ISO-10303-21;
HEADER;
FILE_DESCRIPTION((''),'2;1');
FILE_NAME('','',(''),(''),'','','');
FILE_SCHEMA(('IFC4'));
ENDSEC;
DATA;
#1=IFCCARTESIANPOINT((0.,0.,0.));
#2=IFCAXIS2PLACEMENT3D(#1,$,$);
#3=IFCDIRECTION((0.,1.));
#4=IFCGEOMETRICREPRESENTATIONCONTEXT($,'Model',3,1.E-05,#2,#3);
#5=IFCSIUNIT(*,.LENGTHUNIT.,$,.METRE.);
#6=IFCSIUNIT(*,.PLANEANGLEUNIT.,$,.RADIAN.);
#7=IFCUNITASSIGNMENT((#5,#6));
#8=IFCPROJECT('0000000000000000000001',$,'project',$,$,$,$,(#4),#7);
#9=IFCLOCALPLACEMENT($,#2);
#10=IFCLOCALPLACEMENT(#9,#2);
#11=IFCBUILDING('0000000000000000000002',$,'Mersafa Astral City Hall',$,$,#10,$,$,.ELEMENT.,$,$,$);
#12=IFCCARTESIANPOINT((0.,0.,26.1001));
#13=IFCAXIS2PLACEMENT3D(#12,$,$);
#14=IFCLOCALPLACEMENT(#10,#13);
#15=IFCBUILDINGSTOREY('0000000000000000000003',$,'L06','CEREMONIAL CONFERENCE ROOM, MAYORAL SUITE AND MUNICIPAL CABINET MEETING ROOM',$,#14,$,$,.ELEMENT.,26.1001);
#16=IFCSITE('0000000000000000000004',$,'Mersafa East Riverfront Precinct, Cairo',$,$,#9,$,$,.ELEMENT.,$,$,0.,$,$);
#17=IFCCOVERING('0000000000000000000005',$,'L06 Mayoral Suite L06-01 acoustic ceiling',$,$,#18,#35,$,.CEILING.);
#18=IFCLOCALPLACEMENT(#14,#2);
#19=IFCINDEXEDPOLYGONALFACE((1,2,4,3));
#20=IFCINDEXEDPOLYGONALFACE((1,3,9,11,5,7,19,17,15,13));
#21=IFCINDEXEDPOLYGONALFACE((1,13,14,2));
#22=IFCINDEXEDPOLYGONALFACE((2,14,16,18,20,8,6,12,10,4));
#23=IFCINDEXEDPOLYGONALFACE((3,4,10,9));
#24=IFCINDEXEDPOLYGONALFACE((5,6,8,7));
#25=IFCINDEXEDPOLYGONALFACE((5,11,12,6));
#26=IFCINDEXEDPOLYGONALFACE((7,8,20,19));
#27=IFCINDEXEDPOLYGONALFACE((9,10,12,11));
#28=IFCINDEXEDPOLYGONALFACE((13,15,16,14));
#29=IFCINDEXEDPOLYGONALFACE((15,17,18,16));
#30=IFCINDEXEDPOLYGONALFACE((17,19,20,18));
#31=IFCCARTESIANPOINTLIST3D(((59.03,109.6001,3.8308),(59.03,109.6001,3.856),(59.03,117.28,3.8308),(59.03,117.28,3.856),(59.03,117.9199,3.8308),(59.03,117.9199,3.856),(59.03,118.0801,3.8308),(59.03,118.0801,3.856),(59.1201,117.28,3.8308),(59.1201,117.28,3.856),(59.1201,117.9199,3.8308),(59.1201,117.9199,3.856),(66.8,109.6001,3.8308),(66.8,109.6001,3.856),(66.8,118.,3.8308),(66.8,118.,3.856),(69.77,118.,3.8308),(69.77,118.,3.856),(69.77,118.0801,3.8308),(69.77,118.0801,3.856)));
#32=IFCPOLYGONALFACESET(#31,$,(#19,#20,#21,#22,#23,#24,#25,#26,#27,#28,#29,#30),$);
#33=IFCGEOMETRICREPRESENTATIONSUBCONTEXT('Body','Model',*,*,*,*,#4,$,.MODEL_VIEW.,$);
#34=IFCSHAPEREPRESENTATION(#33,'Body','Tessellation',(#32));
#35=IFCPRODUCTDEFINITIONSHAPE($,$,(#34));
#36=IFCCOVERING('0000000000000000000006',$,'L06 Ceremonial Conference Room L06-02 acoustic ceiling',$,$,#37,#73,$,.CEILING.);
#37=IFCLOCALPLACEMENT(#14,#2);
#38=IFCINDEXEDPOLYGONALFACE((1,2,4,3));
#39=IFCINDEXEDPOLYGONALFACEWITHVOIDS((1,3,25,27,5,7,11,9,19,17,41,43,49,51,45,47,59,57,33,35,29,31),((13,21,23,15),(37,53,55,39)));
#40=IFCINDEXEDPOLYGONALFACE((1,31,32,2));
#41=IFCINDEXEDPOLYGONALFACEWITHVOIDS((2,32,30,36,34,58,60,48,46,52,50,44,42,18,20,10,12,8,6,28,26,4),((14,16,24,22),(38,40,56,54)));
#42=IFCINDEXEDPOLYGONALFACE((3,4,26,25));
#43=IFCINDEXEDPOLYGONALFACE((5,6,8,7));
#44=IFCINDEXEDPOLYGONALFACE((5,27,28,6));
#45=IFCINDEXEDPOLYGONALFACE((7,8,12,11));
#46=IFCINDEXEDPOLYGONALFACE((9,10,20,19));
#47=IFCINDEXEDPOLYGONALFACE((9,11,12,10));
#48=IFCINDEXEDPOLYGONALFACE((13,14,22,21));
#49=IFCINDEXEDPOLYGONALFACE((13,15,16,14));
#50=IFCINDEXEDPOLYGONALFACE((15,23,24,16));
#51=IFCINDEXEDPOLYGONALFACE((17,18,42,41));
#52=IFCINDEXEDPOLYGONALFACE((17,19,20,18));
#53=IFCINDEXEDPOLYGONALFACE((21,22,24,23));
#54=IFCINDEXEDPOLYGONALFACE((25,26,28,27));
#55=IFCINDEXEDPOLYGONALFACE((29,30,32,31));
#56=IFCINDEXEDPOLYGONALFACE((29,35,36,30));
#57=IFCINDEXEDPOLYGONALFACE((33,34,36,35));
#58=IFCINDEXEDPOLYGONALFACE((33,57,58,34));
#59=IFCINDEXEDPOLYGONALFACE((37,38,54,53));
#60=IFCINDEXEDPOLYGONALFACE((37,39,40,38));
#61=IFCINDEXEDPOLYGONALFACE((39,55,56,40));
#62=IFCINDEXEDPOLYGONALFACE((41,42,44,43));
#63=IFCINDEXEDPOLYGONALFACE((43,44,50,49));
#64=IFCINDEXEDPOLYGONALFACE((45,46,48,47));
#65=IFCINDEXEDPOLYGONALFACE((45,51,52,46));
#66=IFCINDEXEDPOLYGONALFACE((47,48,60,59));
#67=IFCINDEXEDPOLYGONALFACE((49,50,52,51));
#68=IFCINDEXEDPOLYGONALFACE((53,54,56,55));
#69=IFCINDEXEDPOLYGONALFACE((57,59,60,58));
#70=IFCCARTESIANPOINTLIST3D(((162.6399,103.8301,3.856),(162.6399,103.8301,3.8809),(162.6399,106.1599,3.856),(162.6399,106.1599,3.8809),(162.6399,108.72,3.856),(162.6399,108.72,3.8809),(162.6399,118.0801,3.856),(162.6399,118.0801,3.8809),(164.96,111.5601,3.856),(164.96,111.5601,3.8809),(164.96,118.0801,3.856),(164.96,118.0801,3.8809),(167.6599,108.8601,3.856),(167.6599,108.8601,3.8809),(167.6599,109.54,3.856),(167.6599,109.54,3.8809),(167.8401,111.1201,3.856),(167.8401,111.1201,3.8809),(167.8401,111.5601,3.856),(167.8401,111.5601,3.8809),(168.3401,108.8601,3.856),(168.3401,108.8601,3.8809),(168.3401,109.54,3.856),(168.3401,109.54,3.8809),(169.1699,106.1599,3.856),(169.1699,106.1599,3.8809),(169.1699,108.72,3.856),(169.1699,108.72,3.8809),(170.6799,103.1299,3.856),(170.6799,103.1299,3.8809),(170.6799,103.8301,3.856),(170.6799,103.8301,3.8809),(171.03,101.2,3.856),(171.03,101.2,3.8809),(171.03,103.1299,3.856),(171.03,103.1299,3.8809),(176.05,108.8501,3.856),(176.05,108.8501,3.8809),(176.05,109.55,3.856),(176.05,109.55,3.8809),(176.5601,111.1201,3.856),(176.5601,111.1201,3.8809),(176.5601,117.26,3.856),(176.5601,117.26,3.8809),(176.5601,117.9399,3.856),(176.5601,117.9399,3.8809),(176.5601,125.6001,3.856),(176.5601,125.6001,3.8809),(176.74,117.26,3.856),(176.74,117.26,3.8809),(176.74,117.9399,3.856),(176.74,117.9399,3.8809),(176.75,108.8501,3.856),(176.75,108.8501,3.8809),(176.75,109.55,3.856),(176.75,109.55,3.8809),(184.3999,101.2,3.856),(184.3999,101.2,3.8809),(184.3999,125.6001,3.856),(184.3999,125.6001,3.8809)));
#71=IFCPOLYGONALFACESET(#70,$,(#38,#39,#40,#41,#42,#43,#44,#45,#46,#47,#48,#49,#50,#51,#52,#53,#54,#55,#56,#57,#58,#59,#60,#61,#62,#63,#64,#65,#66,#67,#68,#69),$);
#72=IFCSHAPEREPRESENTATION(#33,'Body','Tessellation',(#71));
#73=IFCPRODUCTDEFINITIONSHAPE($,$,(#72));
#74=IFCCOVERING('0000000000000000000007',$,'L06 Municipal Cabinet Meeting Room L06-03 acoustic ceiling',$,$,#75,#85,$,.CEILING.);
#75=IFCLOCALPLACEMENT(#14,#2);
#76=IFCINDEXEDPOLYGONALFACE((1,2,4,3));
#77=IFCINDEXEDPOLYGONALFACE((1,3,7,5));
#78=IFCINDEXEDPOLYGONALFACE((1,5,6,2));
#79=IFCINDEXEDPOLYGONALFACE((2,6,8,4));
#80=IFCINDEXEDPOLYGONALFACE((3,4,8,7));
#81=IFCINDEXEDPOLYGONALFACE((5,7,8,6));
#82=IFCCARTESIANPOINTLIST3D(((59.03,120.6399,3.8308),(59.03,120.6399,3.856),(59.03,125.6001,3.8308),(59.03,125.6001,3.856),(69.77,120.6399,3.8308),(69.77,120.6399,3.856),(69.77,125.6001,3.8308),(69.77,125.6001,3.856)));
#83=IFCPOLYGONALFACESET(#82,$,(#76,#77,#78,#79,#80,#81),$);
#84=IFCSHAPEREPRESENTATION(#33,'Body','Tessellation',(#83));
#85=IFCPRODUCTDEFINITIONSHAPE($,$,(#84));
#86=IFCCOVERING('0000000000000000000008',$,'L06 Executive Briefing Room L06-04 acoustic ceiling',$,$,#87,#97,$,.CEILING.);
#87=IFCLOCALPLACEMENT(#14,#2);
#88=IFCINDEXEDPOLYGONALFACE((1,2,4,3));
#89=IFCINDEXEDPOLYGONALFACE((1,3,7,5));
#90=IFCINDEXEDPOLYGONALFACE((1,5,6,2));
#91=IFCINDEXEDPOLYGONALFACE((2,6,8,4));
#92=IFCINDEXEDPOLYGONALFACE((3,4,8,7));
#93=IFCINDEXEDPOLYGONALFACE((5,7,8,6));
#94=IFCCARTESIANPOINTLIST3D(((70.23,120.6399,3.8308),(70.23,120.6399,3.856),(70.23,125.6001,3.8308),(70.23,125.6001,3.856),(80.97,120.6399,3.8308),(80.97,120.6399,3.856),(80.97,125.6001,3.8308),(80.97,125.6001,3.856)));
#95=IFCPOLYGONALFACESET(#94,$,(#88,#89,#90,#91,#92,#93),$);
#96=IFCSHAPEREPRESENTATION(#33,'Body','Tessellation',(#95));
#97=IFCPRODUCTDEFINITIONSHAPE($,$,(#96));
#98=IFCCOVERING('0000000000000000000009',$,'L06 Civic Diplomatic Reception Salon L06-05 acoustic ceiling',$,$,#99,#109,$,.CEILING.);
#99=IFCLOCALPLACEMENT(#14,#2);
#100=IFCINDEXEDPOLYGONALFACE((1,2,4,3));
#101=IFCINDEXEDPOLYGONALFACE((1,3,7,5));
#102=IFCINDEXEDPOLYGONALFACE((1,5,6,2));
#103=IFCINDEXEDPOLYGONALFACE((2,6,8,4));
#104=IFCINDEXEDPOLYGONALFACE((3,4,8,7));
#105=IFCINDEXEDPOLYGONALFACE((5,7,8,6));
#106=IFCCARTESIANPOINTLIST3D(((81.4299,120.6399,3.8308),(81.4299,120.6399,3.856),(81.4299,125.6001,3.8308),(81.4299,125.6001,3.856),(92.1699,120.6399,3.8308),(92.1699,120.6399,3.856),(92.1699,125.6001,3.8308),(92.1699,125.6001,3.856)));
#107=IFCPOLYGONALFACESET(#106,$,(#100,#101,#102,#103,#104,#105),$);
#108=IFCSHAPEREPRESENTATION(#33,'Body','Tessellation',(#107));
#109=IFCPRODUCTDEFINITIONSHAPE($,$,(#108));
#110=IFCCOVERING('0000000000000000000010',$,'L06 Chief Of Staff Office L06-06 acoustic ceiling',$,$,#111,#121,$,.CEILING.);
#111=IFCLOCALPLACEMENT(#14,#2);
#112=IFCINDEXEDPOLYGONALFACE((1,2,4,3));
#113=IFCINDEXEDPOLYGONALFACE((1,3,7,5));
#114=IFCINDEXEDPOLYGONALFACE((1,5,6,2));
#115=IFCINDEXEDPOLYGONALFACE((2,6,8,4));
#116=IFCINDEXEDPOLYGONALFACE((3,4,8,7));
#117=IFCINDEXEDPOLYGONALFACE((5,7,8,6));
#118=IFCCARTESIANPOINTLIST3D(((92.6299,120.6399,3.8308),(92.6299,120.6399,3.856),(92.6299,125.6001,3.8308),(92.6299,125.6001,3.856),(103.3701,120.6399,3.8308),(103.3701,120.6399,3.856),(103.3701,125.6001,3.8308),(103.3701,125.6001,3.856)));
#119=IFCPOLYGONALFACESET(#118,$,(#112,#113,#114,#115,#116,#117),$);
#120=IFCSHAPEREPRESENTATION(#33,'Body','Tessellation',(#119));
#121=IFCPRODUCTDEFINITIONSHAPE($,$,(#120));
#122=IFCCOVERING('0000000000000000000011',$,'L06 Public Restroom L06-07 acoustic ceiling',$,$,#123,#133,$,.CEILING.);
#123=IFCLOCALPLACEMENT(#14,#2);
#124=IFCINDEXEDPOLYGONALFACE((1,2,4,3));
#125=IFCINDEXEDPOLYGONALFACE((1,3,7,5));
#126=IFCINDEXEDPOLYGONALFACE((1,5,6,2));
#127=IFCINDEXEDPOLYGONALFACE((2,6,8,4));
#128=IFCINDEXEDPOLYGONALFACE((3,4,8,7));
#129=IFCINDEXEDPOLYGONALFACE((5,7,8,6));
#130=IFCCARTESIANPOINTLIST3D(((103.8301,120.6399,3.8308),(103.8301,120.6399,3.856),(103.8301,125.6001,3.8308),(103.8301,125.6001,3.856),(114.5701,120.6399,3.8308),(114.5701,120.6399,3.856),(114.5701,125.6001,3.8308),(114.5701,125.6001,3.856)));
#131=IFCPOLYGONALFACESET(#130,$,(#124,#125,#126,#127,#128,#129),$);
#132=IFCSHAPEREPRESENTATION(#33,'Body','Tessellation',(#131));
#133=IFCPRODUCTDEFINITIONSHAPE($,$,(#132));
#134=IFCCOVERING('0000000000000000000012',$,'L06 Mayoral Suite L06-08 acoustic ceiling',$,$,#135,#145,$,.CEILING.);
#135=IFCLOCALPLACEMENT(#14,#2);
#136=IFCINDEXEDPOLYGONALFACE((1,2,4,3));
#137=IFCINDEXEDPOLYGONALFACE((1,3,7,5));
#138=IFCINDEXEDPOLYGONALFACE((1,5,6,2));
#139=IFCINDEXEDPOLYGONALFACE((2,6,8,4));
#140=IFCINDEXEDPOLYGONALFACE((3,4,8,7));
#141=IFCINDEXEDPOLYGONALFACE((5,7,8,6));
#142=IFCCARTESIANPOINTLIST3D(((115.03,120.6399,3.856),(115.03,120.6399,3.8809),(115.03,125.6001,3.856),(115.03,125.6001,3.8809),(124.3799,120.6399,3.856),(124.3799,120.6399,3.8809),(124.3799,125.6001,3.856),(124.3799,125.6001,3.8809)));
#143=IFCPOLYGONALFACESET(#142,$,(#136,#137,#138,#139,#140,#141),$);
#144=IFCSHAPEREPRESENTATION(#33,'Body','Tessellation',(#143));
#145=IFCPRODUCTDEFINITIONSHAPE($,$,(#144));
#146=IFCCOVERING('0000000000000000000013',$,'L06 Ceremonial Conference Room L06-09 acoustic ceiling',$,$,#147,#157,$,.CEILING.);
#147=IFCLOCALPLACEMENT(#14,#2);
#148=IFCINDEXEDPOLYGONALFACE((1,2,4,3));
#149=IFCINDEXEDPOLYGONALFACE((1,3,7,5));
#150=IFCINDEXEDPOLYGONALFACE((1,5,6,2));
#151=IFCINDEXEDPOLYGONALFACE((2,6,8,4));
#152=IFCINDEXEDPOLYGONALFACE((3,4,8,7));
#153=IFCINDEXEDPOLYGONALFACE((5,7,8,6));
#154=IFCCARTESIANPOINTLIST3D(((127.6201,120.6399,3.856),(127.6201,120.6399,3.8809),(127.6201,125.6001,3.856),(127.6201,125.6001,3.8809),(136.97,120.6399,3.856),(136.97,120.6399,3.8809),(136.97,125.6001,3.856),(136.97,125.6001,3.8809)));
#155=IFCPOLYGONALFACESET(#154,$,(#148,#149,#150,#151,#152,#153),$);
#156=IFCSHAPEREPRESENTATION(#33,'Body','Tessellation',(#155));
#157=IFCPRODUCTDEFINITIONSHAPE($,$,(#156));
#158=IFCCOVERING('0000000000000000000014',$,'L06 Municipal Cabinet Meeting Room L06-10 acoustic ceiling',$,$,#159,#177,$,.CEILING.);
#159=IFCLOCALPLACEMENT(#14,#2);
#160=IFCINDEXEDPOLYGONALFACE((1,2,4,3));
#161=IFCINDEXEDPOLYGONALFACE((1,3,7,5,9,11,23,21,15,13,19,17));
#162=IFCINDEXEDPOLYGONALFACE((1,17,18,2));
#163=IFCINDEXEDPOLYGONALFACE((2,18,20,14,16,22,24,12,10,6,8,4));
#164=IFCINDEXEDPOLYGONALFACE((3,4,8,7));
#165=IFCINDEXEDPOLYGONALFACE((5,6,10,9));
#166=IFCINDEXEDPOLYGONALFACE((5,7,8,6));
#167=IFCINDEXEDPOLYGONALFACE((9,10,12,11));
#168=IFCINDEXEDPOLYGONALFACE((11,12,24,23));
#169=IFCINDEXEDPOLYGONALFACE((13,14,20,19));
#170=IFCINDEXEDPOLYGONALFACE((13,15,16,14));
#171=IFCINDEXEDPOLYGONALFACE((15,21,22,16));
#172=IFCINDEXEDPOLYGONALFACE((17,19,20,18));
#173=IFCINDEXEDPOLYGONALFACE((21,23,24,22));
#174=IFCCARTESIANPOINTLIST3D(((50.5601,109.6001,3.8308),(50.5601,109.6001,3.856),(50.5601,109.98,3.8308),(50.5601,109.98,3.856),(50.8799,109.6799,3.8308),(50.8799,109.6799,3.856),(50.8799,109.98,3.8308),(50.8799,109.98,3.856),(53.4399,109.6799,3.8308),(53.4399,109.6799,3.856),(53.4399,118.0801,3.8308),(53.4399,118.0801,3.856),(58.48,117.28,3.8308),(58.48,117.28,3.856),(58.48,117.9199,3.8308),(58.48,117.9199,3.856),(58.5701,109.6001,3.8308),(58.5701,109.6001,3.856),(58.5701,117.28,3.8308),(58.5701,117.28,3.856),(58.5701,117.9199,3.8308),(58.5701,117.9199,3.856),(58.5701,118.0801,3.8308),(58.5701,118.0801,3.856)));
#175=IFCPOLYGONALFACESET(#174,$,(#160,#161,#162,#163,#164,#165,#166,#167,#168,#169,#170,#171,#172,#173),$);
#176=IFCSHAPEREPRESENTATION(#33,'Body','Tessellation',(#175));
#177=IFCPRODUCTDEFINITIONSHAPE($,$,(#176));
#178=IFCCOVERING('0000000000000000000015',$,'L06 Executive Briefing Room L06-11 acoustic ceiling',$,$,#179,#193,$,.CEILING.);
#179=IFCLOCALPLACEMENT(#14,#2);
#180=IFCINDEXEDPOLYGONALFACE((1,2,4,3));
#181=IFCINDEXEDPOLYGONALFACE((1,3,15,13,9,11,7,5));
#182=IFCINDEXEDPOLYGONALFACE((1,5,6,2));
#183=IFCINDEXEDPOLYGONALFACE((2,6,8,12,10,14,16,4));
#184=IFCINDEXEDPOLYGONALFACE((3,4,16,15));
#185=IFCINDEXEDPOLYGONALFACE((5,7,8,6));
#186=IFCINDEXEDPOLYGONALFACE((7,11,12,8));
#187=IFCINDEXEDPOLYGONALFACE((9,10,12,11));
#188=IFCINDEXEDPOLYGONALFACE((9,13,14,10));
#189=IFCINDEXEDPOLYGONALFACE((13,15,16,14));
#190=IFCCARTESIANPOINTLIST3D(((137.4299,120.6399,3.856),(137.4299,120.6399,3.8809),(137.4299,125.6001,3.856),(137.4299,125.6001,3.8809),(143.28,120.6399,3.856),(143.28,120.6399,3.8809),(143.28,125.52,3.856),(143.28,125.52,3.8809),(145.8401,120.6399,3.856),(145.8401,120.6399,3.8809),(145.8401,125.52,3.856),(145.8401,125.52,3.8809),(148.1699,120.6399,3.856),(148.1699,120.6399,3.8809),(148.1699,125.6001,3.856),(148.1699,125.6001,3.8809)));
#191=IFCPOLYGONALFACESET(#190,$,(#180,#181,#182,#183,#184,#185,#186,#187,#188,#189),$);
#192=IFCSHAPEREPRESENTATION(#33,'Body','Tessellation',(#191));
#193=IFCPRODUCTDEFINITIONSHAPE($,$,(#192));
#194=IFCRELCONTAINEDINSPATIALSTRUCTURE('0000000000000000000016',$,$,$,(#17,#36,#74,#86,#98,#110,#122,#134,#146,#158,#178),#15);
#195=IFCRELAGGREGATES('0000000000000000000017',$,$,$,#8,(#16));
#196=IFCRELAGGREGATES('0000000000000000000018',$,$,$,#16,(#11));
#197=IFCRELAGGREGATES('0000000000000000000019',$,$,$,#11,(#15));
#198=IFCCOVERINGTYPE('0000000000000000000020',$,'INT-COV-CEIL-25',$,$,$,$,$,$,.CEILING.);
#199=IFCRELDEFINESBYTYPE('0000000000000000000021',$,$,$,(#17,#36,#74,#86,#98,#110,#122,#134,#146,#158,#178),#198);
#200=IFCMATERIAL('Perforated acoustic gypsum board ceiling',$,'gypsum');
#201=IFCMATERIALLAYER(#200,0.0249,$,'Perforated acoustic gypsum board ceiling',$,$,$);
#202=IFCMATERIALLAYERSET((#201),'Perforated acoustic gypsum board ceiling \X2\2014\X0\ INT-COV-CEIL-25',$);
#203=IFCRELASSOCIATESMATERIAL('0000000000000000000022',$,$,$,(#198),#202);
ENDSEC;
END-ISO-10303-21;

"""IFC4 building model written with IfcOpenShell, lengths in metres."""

from ifc_helpers import new_model, si_unit, direction, frame, origin, place, context, subcontext, project, spatial, polyline, outline, extrude, material, layer, layer_set, type_object, element, save


model = new_model("IFC4")

# Units and contexts
model_context = context("Model", 3, precision=1e-05, world=origin(), true_north=direction((0.0, 1.0)))
body_context = subcontext(model_context, "Body", "Model", "MODEL_VIEW")
ifc_project = project(units=[si_unit("LENGTHUNIT", "METRE"), si_unit("PLANEANGLEUNIT", "RADIAN")], contexts=[model_context])

# Site, building, storey
site_placement = place(None, origin())
site = spatial("IfcSite", under=ifc_project, at=site_placement, Name="Mersafa East Riverfront Precinct, Cairo", CompositionType="ELEMENT", RefElevation=0.0)
building_placement = place(site_placement, origin())
building = spatial("IfcBuilding", under=site, at=building_placement, Name="Mersafa Astral City Hall", CompositionType="ELEMENT")
storey_placement = place(building_placement, frame((0.0, 0.0, 26.1001)))
storey = spatial("IfcBuildingStorey", under=building, at=storey_placement, Name="L06", Description="CEREMONIAL CONFERENCE ROOM, MAYORAL SUITE AND MUNICIPAL CABINET MEETING ROOM", CompositionType="ELEMENT", Elevation=26.1001)

# Coverings
ifc_material_1 = material(Name="Perforated acoustic gypsum board ceiling", Category="gypsum")
ifc_layer_1 = layer(ifc_material_1, 0.0249, Name="Perforated acoustic gypsum board ceiling")
ifc_layer_set_1 = layer_set([ifc_layer_1], Name="Perforated acoustic gypsum board ceiling — INT-COV-CEIL-25")
covering_type_1 = type_object("IfcCoveringType", Name="INT-COV-CEIL-25", PredefinedType="CEILING", material=ifc_layer_set_1)
covering_1_placement = place(storey_placement, frame((0.0, 0.0, 3.8308)))
element("IfcCovering", 1, at=covering_1_placement, inside=storey, type_object=covering_type_1, Name="L06 Mayoral Suite L06-01 acoustic ceiling", PredefinedType="CEILING", context=body_context, shape_type="SweptSolid", body=[
    extrude(outline(polyline([(59.1201, 117.28), (59.1201, 117.9199), (59.03, 117.9199), (59.03, 118.0801), (69.77, 118.0801), (69.77, 118.0), (66.8, 118.0), (66.8, 109.6001), (59.03, 109.6001), (59.03, 117.28), (59.1201, 117.28)])), origin(), (0.0, 0.0, 1.0), 0.0251),
])
covering_2_placement = place(storey_placement, frame((0.0, 0.0, 3.856)))
element("IfcCovering", 2, at=covering_2_placement, inside=storey, type_object=covering_type_1, Name="L06 Ceremonial Conference Room L06-02 acoustic ceiling", PredefinedType="CEILING", context=body_context, shape_type="SweptSolid", body=[
    extrude(outline(polyline([(170.6799, 103.1299), (170.6799, 103.8301), (162.6399, 103.8301), (162.6399, 106.1599), (169.1699, 106.1599), (169.1699, 108.72), (162.6399, 108.72), (162.6399, 118.0801), (164.96, 118.0801), (164.96, 111.5601), (167.8401, 111.5601), (167.8401, 111.1201), (176.5601, 111.1201), (176.5601, 117.26), (176.74, 117.26), (176.74, 117.9399), (176.5601, 117.9399), (176.5601, 125.6001), (184.3999, 125.6001), (184.3999, 101.2), (171.03, 101.2), (171.03, 103.1299), (170.6799, 103.1299)]), holes=[polyline([(176.75, 109.55), (176.05, 109.55), (176.05, 108.8501), (176.75, 108.8501), (176.75, 109.55)]), polyline([(168.3401, 109.54), (167.6599, 109.54), (167.6599, 108.8601), (168.3401, 108.8601), (168.3401, 109.54)])]), origin(), (0.0, 0.0, 1.0), 0.0249),
])
covering_3_placement = place(storey_placement, frame((0.0, 0.0, 3.8308)))
element("IfcCovering", 3, at=covering_3_placement, inside=storey, type_object=covering_type_1, Name="L06 Municipal Cabinet Meeting Room L06-03 acoustic ceiling", PredefinedType="CEILING", context=body_context, shape_type="SweptSolid", body=[
    extrude(outline(polyline([(59.03, 120.6399), (59.03, 125.6001), (69.77, 125.6001), (69.77, 120.6399), (59.03, 120.6399)])), origin(), (0.0, 0.0, 1.0), 0.0251),
])
covering_4_placement = place(storey_placement, frame((0.0, 0.0, 3.8308)))
element("IfcCovering", 4, at=covering_4_placement, inside=storey, type_object=covering_type_1, Name="L06 Executive Briefing Room L06-04 acoustic ceiling", PredefinedType="CEILING", context=body_context, shape_type="SweptSolid", body=[
    extrude(outline(polyline([(70.23, 120.6399), (70.23, 125.6001), (80.97, 125.6001), (80.97, 120.6399), (70.23, 120.6399)])), origin(), (0.0, 0.0, 1.0), 0.0251),
])
covering_5_placement = place(storey_placement, frame((0.0, 0.0, 3.8308)))
element("IfcCovering", 5, at=covering_5_placement, inside=storey, type_object=covering_type_1, Name="L06 Civic Diplomatic Reception Salon L06-05 acoustic ceiling", PredefinedType="CEILING", context=body_context, shape_type="SweptSolid", body=[
    extrude(outline(polyline([(81.4299, 120.6399), (81.4299, 125.6001), (92.1699, 125.6001), (92.1699, 120.6399), (81.4299, 120.6399)])), origin(), (0.0, 0.0, 1.0), 0.0251),
])
covering_6_placement = place(storey_placement, frame((0.0, 0.0, 3.8308)))
element("IfcCovering", 6, at=covering_6_placement, inside=storey, type_object=covering_type_1, Name="L06 Chief Of Staff Office L06-06 acoustic ceiling", PredefinedType="CEILING", context=body_context, shape_type="SweptSolid", body=[
    extrude(outline(polyline([(92.6299, 120.6399), (92.6299, 125.6001), (103.3701, 125.6001), (103.3701, 120.6399), (92.6299, 120.6399)])), origin(), (0.0, 0.0, 1.0), 0.0251),
])
covering_7_placement = place(storey_placement, frame((0.0, 0.0, 3.8308)))
element("IfcCovering", 7, at=covering_7_placement, inside=storey, type_object=covering_type_1, Name="L06 Public Restroom L06-07 acoustic ceiling", PredefinedType="CEILING", context=body_context, shape_type="SweptSolid", body=[
    extrude(outline(polyline([(103.8301, 120.6399), (103.8301, 125.6001), (114.5701, 125.6001), (114.5701, 120.6399), (103.8301, 120.6399)])), origin(), (0.0, 0.0, 1.0), 0.0251),
])
covering_8_placement = place(storey_placement, frame((0.0, 0.0, 3.856)))
element("IfcCovering", 8, at=covering_8_placement, inside=storey, type_object=covering_type_1, Name="L06 Mayoral Suite L06-08 acoustic ceiling", PredefinedType="CEILING", context=body_context, shape_type="SweptSolid", body=[
    extrude(outline(polyline([(115.03, 120.6399), (115.03, 125.6001), (124.3799, 125.6001), (124.3799, 120.6399), (115.03, 120.6399)])), origin(), (0.0, 0.0, 1.0), 0.0249),
])
covering_9_placement = place(storey_placement, frame((0.0, 0.0, 3.856)))
element("IfcCovering", 9, at=covering_9_placement, inside=storey, type_object=covering_type_1, Name="L06 Ceremonial Conference Room L06-09 acoustic ceiling", PredefinedType="CEILING", context=body_context, shape_type="SweptSolid", body=[
    extrude(outline(polyline([(136.97, 125.6001), (136.97, 120.6399), (127.6201, 120.6399), (127.6201, 125.6001), (136.97, 125.6001)])), origin(), (0.0, 0.0, 1.0), 0.0249),
])
covering_10_placement = place(storey_placement, frame((0.0, 0.0, 3.8308)))
element("IfcCovering", 10, at=covering_10_placement, inside=storey, type_object=covering_type_1, Name="L06 Municipal Cabinet Meeting Room L06-10 acoustic ceiling", PredefinedType="CEILING", context=body_context, shape_type="SweptSolid", body=[
    extrude(outline(polyline([(50.8799, 109.6799), (53.4399, 109.6799), (53.4399, 118.0801), (58.5701, 118.0801), (58.5701, 117.9199), (58.48, 117.9199), (58.48, 117.28), (58.5701, 117.28), (58.5701, 109.6001), (50.5601, 109.6001), (50.5601, 109.98), (50.8799, 109.98), (50.8799, 109.6799)])), origin(), (0.0, 0.0, 1.0), 0.0251),
])
covering_11_placement = place(storey_placement, frame((0.0, 0.0, 3.856)))
element("IfcCovering", 11, at=covering_11_placement, inside=storey, type_object=covering_type_1, Name="L06 Executive Briefing Room L06-11 acoustic ceiling", PredefinedType="CEILING", context=body_context, shape_type="SweptSolid", body=[
    extrude(outline(polyline([(143.28, 125.52), (143.28, 120.6399), (137.4299, 120.6399), (137.4299, 125.6001), (148.1699, 125.6001), (148.1699, 120.6399), (145.8401, 120.6399), (145.8401, 125.52), (143.28, 125.52)])), origin(), (0.0, 0.0, 1.0), 0.0249),
])

save(model, "model.ifc")
